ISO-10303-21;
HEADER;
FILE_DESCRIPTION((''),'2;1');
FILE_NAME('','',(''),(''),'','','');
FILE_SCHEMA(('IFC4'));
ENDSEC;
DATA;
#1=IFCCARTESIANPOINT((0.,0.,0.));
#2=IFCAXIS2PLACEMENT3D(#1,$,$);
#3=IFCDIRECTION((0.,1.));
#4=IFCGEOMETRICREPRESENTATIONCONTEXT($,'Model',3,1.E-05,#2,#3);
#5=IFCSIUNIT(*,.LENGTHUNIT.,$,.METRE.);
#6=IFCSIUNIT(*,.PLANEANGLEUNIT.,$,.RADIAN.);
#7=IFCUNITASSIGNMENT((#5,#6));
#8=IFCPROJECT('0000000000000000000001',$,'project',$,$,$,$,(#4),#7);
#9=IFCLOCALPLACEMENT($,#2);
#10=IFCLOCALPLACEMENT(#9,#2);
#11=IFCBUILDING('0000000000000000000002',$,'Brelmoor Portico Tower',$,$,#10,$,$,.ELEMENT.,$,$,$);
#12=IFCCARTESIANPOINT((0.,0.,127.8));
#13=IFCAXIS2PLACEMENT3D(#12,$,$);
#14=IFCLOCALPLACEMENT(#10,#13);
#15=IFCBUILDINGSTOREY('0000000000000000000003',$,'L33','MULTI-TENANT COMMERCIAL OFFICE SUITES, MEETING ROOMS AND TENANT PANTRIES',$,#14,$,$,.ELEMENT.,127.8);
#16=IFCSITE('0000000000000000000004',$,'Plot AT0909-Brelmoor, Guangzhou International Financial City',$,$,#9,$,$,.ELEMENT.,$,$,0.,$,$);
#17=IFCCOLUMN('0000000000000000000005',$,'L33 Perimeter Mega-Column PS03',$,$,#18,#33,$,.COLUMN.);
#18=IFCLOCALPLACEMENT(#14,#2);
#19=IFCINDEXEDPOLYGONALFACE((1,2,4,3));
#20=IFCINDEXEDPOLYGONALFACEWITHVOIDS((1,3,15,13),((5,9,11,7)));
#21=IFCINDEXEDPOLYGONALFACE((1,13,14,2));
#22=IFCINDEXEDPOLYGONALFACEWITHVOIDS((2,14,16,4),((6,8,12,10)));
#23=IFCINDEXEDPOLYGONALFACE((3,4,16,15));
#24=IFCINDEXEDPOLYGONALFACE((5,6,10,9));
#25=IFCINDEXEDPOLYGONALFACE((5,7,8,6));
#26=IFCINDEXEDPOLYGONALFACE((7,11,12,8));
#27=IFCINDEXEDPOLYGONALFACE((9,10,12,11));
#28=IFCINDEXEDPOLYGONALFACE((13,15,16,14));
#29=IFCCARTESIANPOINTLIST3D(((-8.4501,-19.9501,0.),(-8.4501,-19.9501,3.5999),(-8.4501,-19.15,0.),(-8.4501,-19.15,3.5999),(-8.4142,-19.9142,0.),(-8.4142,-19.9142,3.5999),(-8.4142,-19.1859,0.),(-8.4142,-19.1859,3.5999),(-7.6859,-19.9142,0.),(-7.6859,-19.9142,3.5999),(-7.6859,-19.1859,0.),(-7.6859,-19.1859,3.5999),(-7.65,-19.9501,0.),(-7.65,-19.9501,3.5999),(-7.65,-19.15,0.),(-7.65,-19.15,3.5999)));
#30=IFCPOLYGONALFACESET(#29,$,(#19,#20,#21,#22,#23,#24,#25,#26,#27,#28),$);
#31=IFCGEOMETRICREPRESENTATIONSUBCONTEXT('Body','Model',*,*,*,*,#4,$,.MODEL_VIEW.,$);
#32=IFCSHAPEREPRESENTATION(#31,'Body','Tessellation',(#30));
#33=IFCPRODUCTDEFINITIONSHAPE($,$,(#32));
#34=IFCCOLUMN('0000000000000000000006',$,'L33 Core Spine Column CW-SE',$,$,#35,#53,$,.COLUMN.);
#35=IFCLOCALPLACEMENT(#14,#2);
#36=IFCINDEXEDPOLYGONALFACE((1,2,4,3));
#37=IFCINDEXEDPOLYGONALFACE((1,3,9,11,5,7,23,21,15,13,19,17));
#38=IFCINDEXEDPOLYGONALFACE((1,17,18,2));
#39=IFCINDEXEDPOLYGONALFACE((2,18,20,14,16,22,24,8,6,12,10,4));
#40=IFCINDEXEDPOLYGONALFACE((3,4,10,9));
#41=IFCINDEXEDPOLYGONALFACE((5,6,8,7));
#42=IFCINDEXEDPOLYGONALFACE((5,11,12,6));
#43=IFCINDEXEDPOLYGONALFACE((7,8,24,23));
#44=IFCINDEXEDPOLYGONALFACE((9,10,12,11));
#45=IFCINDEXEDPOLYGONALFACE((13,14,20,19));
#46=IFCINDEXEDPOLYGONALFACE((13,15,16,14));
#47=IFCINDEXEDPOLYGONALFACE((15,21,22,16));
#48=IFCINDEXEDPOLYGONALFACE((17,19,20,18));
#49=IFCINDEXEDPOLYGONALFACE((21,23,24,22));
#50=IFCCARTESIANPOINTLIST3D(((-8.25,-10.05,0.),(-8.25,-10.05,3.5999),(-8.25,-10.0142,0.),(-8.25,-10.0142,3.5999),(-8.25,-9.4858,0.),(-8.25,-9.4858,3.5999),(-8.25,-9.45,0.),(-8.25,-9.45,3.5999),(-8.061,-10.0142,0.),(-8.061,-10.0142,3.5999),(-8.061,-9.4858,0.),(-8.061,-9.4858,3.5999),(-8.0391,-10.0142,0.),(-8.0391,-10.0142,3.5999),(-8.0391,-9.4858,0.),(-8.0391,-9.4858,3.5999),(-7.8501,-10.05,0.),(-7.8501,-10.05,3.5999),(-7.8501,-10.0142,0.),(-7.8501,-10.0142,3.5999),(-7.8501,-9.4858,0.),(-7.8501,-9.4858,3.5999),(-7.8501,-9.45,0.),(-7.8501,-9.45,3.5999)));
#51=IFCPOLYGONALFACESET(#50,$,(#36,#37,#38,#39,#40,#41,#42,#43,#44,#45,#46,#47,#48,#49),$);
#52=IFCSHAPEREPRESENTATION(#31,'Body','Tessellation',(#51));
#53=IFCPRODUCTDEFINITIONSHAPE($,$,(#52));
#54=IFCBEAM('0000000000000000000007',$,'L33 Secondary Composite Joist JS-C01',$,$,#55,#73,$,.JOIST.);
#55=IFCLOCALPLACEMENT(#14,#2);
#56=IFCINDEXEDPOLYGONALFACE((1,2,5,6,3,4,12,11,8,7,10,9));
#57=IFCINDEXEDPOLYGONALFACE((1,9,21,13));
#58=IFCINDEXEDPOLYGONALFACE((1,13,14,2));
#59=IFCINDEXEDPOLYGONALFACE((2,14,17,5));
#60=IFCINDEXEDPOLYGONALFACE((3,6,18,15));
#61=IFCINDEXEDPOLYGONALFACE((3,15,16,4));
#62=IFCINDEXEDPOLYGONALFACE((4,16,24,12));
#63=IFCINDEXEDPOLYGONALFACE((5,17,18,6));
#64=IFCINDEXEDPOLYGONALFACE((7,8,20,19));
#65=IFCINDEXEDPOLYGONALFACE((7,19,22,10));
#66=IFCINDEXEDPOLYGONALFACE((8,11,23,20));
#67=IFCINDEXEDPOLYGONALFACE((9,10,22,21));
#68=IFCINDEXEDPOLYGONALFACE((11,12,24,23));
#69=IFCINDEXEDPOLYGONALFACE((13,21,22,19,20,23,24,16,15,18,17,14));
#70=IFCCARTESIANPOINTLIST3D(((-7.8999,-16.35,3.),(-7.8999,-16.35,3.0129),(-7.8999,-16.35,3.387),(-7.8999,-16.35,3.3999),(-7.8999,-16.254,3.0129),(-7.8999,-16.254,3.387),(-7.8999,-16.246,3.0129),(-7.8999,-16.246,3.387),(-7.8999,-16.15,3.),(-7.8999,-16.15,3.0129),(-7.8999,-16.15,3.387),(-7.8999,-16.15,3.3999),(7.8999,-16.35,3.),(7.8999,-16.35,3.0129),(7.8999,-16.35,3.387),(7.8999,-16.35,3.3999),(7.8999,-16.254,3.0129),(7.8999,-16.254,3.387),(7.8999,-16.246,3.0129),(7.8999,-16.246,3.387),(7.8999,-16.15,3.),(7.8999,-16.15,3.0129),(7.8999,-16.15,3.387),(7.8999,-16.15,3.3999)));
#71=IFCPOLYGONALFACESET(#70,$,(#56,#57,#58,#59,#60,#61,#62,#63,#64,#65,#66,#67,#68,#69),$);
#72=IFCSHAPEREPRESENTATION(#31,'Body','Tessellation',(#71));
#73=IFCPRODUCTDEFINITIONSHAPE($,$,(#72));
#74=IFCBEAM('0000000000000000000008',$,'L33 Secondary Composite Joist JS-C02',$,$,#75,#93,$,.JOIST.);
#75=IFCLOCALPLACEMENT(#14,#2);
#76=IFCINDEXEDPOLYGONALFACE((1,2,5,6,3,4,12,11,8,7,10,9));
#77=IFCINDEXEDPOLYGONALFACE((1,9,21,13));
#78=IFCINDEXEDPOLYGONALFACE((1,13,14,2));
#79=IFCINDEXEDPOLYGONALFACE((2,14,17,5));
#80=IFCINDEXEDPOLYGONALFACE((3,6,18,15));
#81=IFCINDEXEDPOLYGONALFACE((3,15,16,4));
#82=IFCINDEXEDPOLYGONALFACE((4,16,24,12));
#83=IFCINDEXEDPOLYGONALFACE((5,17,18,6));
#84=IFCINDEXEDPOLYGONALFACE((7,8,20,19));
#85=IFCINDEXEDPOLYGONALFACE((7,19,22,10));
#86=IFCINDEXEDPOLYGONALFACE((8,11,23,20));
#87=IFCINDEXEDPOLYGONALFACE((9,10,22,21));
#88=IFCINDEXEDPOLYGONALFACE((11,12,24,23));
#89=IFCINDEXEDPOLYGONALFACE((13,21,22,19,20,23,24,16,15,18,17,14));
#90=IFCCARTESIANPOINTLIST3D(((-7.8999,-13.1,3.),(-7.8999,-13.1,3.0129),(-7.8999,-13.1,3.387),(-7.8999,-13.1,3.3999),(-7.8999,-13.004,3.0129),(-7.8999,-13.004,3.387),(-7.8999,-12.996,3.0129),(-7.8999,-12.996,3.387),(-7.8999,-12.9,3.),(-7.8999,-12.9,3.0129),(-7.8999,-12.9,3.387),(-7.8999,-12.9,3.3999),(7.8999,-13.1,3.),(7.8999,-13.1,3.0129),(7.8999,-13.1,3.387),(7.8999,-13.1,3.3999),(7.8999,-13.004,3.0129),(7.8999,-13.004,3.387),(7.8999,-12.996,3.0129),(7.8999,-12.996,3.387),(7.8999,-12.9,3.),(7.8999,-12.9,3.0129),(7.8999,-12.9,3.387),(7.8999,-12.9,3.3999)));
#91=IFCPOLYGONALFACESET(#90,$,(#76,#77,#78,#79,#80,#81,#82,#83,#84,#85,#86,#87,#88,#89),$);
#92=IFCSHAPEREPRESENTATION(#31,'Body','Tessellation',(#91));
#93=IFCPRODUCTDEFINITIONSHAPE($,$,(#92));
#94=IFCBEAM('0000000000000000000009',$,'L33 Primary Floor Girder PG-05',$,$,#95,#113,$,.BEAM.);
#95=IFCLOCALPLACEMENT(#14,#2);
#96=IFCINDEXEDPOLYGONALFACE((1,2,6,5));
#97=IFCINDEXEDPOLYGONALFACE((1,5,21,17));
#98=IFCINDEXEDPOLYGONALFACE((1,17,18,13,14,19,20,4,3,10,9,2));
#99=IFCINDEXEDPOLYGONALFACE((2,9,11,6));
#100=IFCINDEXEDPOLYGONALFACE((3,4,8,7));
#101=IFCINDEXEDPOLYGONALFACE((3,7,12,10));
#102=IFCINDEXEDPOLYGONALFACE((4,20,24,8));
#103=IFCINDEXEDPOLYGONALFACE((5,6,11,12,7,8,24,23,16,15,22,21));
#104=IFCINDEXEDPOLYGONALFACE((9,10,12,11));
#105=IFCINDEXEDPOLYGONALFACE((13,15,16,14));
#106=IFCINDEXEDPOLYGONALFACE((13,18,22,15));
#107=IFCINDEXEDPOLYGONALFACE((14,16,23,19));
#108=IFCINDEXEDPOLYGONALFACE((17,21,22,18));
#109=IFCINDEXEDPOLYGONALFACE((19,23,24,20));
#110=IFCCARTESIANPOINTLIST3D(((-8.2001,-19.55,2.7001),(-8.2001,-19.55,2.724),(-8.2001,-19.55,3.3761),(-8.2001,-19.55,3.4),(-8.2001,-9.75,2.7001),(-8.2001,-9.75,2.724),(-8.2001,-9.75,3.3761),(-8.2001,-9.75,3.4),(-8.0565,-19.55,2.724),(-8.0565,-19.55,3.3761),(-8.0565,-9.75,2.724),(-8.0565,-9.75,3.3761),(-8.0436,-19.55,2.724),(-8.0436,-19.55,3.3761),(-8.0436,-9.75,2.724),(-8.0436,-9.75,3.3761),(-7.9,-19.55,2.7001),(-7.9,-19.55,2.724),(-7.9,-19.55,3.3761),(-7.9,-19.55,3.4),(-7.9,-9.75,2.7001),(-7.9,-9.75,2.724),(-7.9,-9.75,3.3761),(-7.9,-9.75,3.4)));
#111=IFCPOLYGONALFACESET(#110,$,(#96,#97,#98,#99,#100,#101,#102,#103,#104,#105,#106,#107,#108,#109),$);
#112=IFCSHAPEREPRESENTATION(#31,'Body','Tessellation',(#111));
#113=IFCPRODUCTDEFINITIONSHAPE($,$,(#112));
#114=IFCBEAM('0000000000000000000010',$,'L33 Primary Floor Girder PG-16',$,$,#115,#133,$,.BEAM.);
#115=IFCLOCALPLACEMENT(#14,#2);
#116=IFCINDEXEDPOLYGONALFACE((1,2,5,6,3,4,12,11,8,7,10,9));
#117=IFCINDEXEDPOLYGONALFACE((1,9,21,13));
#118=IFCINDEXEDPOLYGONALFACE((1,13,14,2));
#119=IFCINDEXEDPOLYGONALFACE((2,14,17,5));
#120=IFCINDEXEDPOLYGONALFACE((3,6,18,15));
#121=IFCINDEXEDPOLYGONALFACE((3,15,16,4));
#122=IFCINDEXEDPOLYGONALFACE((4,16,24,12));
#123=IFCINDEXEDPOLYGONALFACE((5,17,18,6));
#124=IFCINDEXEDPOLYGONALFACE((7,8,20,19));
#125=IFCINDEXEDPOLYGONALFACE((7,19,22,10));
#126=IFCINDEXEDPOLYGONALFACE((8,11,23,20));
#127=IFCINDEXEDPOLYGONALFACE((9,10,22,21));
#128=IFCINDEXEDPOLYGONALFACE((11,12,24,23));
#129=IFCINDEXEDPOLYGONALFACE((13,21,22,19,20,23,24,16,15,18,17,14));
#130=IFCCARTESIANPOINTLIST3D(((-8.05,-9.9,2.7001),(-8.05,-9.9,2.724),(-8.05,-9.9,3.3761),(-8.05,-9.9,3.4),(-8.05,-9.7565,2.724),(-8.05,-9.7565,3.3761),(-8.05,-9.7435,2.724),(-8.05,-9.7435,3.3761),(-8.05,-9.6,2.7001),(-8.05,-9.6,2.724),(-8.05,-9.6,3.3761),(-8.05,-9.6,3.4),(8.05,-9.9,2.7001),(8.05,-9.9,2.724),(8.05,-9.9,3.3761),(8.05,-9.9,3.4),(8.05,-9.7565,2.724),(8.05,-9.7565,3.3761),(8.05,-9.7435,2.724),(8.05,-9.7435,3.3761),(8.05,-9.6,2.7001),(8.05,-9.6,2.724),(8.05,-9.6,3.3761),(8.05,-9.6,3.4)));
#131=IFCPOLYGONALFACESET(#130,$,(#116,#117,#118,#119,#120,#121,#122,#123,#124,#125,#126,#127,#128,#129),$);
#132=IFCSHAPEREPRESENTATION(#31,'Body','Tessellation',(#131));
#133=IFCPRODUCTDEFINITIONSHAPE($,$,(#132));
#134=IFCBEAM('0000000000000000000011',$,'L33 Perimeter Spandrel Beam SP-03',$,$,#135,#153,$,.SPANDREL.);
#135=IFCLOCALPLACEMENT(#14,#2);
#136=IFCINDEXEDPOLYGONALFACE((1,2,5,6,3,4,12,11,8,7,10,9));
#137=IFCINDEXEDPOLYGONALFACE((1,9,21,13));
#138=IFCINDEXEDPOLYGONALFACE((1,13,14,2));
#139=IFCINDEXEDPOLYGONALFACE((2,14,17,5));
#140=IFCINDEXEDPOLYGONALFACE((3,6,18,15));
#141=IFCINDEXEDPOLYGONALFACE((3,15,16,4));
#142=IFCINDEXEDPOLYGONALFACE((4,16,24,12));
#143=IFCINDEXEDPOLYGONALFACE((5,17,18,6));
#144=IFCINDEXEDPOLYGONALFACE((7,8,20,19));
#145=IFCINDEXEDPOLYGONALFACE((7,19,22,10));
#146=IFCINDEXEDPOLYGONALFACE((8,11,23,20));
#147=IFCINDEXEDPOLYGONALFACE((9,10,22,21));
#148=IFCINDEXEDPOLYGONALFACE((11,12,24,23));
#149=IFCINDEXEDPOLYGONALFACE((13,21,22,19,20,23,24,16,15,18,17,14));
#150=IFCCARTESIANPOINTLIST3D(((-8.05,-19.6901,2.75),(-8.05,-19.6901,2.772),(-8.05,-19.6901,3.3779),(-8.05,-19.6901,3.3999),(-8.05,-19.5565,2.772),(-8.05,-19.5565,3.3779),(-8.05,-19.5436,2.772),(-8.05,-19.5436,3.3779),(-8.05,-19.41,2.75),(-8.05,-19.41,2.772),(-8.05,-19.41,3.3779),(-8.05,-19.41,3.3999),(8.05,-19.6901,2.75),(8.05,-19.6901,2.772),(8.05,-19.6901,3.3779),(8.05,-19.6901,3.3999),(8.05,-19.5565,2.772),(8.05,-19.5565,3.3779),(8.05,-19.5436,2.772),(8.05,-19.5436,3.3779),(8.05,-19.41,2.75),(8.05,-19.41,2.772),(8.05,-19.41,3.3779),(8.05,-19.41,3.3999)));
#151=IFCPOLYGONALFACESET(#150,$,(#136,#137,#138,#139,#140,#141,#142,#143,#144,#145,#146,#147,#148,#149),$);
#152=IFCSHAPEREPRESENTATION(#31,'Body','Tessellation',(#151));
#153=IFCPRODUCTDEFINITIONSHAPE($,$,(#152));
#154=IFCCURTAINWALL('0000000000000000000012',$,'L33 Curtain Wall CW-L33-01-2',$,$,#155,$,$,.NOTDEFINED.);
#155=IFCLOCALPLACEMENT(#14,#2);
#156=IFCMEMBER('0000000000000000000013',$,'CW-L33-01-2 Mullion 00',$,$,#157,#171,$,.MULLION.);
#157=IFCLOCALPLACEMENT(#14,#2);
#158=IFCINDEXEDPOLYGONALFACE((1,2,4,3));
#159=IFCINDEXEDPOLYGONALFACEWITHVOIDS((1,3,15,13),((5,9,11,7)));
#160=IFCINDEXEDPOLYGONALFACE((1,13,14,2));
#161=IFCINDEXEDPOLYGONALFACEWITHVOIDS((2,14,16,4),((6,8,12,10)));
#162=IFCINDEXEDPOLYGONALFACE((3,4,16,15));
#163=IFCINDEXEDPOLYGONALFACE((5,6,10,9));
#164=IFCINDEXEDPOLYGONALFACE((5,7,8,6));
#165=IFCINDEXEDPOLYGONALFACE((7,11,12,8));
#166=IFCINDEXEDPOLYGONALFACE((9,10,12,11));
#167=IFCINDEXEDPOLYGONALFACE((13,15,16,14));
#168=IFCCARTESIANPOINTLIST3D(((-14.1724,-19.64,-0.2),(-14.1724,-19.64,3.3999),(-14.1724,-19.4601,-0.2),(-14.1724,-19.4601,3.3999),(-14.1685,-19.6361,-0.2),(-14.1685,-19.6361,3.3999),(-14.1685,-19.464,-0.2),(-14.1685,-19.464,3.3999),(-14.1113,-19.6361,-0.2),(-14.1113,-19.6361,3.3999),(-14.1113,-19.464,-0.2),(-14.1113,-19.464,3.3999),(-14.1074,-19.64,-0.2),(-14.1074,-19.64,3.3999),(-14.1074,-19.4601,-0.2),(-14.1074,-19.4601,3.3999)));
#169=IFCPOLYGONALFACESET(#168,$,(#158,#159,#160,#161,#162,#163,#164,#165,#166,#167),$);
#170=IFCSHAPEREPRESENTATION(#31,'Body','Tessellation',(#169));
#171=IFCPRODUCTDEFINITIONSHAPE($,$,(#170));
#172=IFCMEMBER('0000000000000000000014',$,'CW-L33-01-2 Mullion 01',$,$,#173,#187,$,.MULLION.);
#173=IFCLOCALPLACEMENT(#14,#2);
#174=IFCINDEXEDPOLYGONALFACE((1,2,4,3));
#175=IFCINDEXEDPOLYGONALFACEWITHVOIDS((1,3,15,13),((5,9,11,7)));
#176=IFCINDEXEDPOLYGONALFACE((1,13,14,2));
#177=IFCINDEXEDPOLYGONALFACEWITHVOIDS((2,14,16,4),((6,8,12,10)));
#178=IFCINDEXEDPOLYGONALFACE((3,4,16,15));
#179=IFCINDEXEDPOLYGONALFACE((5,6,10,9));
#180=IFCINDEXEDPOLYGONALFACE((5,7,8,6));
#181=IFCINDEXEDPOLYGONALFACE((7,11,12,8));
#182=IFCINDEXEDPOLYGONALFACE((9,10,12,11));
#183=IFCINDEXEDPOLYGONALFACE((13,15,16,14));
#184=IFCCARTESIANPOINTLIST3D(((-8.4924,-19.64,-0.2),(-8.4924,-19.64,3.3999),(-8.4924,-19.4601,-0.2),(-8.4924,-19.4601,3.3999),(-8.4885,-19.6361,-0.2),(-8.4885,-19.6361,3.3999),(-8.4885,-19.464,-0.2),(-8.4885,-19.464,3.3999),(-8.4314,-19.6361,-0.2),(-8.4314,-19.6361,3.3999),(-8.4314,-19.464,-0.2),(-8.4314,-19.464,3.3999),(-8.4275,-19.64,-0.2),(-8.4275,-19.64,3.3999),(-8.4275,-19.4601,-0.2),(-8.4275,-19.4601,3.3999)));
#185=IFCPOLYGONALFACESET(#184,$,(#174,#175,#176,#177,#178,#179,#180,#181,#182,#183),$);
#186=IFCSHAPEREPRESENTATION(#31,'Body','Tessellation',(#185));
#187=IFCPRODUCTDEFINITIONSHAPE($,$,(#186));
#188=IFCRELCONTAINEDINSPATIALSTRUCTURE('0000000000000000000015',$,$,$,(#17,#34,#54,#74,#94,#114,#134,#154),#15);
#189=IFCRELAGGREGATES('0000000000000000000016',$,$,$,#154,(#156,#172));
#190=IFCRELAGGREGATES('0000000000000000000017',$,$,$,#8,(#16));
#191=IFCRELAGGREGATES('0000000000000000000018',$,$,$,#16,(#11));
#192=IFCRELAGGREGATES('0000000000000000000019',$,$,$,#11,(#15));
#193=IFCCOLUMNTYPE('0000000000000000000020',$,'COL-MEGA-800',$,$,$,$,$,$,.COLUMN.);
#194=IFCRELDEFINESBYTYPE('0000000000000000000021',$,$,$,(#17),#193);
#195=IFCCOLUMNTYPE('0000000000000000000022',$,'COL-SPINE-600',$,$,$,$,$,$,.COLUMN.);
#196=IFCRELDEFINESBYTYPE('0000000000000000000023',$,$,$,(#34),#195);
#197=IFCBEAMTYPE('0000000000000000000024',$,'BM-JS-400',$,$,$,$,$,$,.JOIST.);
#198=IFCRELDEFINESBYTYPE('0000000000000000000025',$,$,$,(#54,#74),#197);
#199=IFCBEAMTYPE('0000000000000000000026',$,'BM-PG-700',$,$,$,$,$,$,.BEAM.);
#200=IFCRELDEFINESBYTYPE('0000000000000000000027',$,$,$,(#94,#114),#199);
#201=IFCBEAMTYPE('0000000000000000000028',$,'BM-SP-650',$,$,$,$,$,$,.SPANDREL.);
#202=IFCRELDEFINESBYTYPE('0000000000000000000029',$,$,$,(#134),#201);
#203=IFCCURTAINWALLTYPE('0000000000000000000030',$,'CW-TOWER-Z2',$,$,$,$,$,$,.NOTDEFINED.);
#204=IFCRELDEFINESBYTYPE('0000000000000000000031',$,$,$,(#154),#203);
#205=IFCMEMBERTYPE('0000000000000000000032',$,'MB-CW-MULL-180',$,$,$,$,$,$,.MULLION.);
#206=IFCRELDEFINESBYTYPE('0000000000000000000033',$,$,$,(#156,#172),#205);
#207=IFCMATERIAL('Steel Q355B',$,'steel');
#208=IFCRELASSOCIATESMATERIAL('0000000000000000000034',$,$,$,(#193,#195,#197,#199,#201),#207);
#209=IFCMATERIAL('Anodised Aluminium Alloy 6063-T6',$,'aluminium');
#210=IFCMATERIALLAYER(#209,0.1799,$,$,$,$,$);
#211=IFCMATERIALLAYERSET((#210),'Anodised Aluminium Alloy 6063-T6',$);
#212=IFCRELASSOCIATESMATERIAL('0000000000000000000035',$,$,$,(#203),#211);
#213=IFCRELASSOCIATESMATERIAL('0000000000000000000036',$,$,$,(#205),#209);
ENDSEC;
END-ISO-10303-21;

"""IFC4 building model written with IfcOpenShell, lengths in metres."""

from ifc_helpers import new_model, si_unit, direction, frame, origin, origin_2d, place, context, subcontext, project, spatial, hollow_rectangle, i_section, extrude, material, layer, layer_set, material_profile, profile_set, type_object, element, aggregate, save


model = new_model("IFC4")

# Units and contexts
model_context = context("Model", 3, precision=1e-05, world=origin(), true_north=direction((0.0, 1.0)))
body_context = subcontext(model_context, "Body", "Model", "MODEL_VIEW")
ifc_project = project(units=[si_unit("LENGTHUNIT", "METRE"), si_unit("PLANEANGLEUNIT", "RADIAN")], contexts=[model_context])

# Site, building, storey
site_placement = place(None, origin())
site = spatial("IfcSite", under=ifc_project, at=site_placement, Name="Plot AT0909-Brelmoor, Guangzhou International Financial City", CompositionType="ELEMENT", RefElevation=0.0)
building_placement = place(site_placement, origin())
building = spatial("IfcBuilding", under=site, at=building_placement, Name="Brelmoor Portico Tower", CompositionType="ELEMENT")
storey_placement = place(building_placement, frame((0.0, 0.0, 127.8)))
storey = spatial("IfcBuildingStorey", under=building, at=storey_placement, Name="L33", Description="MULTI-TENANT COMMERCIAL OFFICE SUITES, MEETING ROOMS AND TENANT PANTRIES", CompositionType="ELEMENT", Elevation=127.8)

# Columns
ifc_material_1 = material(Name="Steel Q355B", Category="steel")
ifc_material_profile_1 = material_profile(ifc_material_1, hollow_rectangle(XDim=0.8, YDim=0.8, WallThickness=0.0359, at=origin_2d()), Name="BOX 800x800x36")
ifc_profile_set_1 = profile_set([ifc_material_profile_1], Name="Steel Q355B")
column_type_1 = type_object("IfcColumnType", Name="COL-MEGA-800", PredefinedType="COLUMN", material=ifc_profile_set_1)
column_1_placement = place(storey_placement, frame((-8.05, -19.55, 0.0), z_axis=(0.0, 0.0, 1.0), x_axis=(1.0, 0.0, 0.0)))
element("IfcColumn", 1, at=column_1_placement, inside=storey, type_object=column_type_1, Name="L33 Perimeter Mega-Column PS03", PredefinedType="COLUMN", context=body_context, shape_type="SweptSolid", body=[
    extrude(hollow_rectangle(XDim=0.8, YDim=0.8, WallThickness=0.0359, at=origin_2d()), origin(), (0.0, 0.0, 1.0), 3.5999),
])
ifc_material_profile_2 = material_profile(ifc_material_1, i_section(OverallWidth=0.3999, OverallDepth=0.6001, WebThickness=0.022, FlangeThickness=0.0359, at=origin_2d()), Name="HW 600x400x22x36")
ifc_profile_set_2 = profile_set([ifc_material_profile_2], Name="Steel Q355B")
column_type_2 = type_object("IfcColumnType", Name="COL-SPINE-600", PredefinedType="COLUMN", material=ifc_profile_set_2)
column_2_placement = place(storey_placement, frame((-8.05, -9.75, 0.0), z_axis=(0.0, 0.0, 1.0), x_axis=(1.0, 0.0, 0.0)))
element("IfcColumn", 2, at=column_2_placement, inside=storey, type_object=column_type_2, Name="L33 Core Spine Column CW-SE", PredefinedType="COLUMN", context=body_context, shape_type="SweptSolid", body=[
    extrude(i_section(OverallWidth=0.3999, OverallDepth=0.6001, WebThickness=0.022, FlangeThickness=0.0359, at=origin_2d()), origin(), (0.0, 0.0, 1.0), 3.5999),
])

# Beams
ifc_material_profile_3 = material_profile(ifc_material_1, i_section(OverallWidth=0.2, OverallDepth=0.3999, WebThickness=0.0081, FlangeThickness=0.0129, at=origin_2d()), Name="HN 400x200x8x13")
ifc_profile_set_3 = profile_set([ifc_material_profile_3], Name="Steel Q355B")
beam_type_1 = type_object("IfcBeamType", Name="BM-JS-400", PredefinedType="JOIST", material=ifc_profile_set_3)
for number, where, z_axis, x_axis, name in (
    (3, (-7.8999, -16.25, 3.2), (1.0, 0.0, 0.0), (0.0, 1.0, 0.0), "L33 Secondary Composite Joist JS-C01"),
    (4, (-7.8999, -13.0, 3.2), (1.0, 0.0, 0.0), (0.0, 1.0, 0.0), "L33 Secondary Composite Joist JS-C02"),
):
    element("IfcBeam", number, at=place(storey_placement, frame(where, z_axis=z_axis, x_axis=x_axis)), inside=storey, type_object=beam_type_1, Name=name, PredefinedType="JOIST", context=body_context, shape_type="SweptSolid", body=[
        extrude(i_section(OverallWidth=0.2, OverallDepth=0.3999, WebThickness=0.0081, FlangeThickness=0.0129, at=origin_2d()), origin(), (0.0, 0.0, 1.0), 15.7998),
    ])
ifc_material_profile_4 = material_profile(ifc_material_1, i_section(OverallWidth=0.3, OverallDepth=0.7, WebThickness=0.0129, FlangeThickness=0.0239, at=origin_2d()), Name="HN 700x300x13x24")
ifc_profile_set_4 = profile_set([ifc_material_profile_4], Name="Steel Q355B")
beam_type_2 = type_object("IfcBeamType", Name="BM-PG-700", PredefinedType="BEAM", material=ifc_profile_set_4)
beam_1_placement = place(storey_placement, frame((-8.05, -19.55, 3.05), z_axis=(0.0, 1.0, 0.0), x_axis=(-1.0, 0.0, 0.0)))
element("IfcBeam", 5, at=beam_1_placement, inside=storey, type_object=beam_type_2, Name="L33 Primary Floor Girder PG-05", PredefinedType="BEAM", context=body_context, shape_type="SweptSolid", body=[
    extrude(i_section(OverallWidth=0.3, OverallDepth=0.7, WebThickness=0.0129, FlangeThickness=0.0239, at=origin_2d()), origin(), (0.0, 0.0, 1.0), 9.8),
])
beam_2_placement = place(storey_placement, frame((-8.05, -9.75, 3.05), z_axis=(1.0, 0.0, 0.0), x_axis=(0.0, 1.0, 0.0)))
element("IfcBeam", 6, at=beam_2_placement, inside=storey, type_object=beam_type_2, Name="L33 Primary Floor Girder PG-16", PredefinedType="BEAM", context=body_context, shape_type="SweptSolid", body=[
    extrude(i_section(OverallWidth=0.3, OverallDepth=0.7, WebThickness=0.0129, FlangeThickness=0.0239, at=origin_2d()), origin(), (0.0, 0.0, 1.0), 16.1001),
])
ifc_material_profile_5 = material_profile(ifc_material_1, i_section(OverallWidth=0.28, OverallDepth=0.6499, WebThickness=0.0129, FlangeThickness=0.022, at=origin_2d()), Name="HN 650x280x13x22")
ifc_profile_set_5 = profile_set([ifc_material_profile_5], Name="Steel Q355B")
beam_type_3 = type_object("IfcBeamType", Name="BM-SP-650", PredefinedType="SPANDREL", material=ifc_profile_set_5)
beam_3_placement = place(storey_placement, frame((-8.05, -19.55, 3.075), z_axis=(1.0, 0.0, 0.0), x_axis=(0.0, 1.0, 0.0)))
element("IfcBeam", 7, at=beam_3_placement, inside=storey, type_object=beam_type_3, Name="L33 Perimeter Spandrel Beam SP-03", PredefinedType="SPANDREL", context=body_context, shape_type="SweptSolid", body=[
    extrude(i_section(OverallWidth=0.28, OverallDepth=0.6499, WebThickness=0.0129, FlangeThickness=0.022, at=origin_2d()), origin(), (0.0, 0.0, 1.0), 16.1001),
])

# Curtain wall, members
ifc_material_2 = material(Name="Anodised Aluminium Alloy 6063-T6", Category="aluminium")
ifc_layer_1 = layer(ifc_material_2, 0.1799)
ifc_layer_set_1 = layer_set([ifc_layer_1], Name="Anodised Aluminium Alloy 6063-T6")
curtain_wall_type_1 = type_object("IfcCurtainWallType", Name="CW-TOWER-Z2", PredefinedType="NOTDEFINED", material=ifc_layer_set_1)
curtain_wall_1_placement = place(storey_placement, origin())
curtain_wall_1 = element("IfcCurtainWall", 8, at=curtain_wall_1_placement, inside=storey, type_object=curtain_wall_type_1, Name="L33 Curtain Wall CW-L33-01-2", PredefinedType="NOTDEFINED")
ifc_material_profile_6 = material_profile(ifc_material_2, hollow_rectangle(XDim=0.0649, YDim=0.1799, WallThickness=0.0039, at=origin_2d()), Name="ALU MULLION 65x180")
ifc_profile_set_6 = profile_set([ifc_material_profile_6], Name="Anodised Aluminium Alloy 6063-T6")
member_type_1 = type_object("IfcMemberType", Name="MB-CW-MULL-180", PredefinedType="MULLION", material=ifc_profile_set_6)
member_1_placement = place(storey_placement, frame((-14.1399, -19.55, -0.2), z_axis=(0.0, 0.0, 1.0), x_axis=(1.0, 0.0, 0.0)))
member_1 = element("IfcMember", 9, at=member_1_placement, type_object=member_type_1, Name="CW-L33-01-2 Mullion 00", PredefinedType="MULLION", context=body_context, shape_type="SweptSolid", body=[
    extrude(hollow_rectangle(XDim=0.0649, YDim=0.1799, WallThickness=0.0039, at=origin_2d()), origin(), (0.0, 0.0, 1.0), 3.5999),
])
member_2_placement = place(storey_placement, frame((-8.46, -19.55, -0.2), z_axis=(0.0, 0.0, 1.0), x_axis=(1.0, 0.0, 0.0)))
member_2 = element("IfcMember", 10, at=member_2_placement, type_object=member_type_1, Name="CW-L33-01-2 Mullion 01", PredefinedType="MULLION", context=body_context, shape_type="SweptSolid", body=[
    extrude(hollow_rectangle(XDim=0.0649, YDim=0.1799, WallThickness=0.0039, at=origin_2d()), origin(), (0.0, 0.0, 1.0), 3.5999),
])

aggregate(curtain_wall_1, [member_1, member_2])

save(model, "model.ifc")
